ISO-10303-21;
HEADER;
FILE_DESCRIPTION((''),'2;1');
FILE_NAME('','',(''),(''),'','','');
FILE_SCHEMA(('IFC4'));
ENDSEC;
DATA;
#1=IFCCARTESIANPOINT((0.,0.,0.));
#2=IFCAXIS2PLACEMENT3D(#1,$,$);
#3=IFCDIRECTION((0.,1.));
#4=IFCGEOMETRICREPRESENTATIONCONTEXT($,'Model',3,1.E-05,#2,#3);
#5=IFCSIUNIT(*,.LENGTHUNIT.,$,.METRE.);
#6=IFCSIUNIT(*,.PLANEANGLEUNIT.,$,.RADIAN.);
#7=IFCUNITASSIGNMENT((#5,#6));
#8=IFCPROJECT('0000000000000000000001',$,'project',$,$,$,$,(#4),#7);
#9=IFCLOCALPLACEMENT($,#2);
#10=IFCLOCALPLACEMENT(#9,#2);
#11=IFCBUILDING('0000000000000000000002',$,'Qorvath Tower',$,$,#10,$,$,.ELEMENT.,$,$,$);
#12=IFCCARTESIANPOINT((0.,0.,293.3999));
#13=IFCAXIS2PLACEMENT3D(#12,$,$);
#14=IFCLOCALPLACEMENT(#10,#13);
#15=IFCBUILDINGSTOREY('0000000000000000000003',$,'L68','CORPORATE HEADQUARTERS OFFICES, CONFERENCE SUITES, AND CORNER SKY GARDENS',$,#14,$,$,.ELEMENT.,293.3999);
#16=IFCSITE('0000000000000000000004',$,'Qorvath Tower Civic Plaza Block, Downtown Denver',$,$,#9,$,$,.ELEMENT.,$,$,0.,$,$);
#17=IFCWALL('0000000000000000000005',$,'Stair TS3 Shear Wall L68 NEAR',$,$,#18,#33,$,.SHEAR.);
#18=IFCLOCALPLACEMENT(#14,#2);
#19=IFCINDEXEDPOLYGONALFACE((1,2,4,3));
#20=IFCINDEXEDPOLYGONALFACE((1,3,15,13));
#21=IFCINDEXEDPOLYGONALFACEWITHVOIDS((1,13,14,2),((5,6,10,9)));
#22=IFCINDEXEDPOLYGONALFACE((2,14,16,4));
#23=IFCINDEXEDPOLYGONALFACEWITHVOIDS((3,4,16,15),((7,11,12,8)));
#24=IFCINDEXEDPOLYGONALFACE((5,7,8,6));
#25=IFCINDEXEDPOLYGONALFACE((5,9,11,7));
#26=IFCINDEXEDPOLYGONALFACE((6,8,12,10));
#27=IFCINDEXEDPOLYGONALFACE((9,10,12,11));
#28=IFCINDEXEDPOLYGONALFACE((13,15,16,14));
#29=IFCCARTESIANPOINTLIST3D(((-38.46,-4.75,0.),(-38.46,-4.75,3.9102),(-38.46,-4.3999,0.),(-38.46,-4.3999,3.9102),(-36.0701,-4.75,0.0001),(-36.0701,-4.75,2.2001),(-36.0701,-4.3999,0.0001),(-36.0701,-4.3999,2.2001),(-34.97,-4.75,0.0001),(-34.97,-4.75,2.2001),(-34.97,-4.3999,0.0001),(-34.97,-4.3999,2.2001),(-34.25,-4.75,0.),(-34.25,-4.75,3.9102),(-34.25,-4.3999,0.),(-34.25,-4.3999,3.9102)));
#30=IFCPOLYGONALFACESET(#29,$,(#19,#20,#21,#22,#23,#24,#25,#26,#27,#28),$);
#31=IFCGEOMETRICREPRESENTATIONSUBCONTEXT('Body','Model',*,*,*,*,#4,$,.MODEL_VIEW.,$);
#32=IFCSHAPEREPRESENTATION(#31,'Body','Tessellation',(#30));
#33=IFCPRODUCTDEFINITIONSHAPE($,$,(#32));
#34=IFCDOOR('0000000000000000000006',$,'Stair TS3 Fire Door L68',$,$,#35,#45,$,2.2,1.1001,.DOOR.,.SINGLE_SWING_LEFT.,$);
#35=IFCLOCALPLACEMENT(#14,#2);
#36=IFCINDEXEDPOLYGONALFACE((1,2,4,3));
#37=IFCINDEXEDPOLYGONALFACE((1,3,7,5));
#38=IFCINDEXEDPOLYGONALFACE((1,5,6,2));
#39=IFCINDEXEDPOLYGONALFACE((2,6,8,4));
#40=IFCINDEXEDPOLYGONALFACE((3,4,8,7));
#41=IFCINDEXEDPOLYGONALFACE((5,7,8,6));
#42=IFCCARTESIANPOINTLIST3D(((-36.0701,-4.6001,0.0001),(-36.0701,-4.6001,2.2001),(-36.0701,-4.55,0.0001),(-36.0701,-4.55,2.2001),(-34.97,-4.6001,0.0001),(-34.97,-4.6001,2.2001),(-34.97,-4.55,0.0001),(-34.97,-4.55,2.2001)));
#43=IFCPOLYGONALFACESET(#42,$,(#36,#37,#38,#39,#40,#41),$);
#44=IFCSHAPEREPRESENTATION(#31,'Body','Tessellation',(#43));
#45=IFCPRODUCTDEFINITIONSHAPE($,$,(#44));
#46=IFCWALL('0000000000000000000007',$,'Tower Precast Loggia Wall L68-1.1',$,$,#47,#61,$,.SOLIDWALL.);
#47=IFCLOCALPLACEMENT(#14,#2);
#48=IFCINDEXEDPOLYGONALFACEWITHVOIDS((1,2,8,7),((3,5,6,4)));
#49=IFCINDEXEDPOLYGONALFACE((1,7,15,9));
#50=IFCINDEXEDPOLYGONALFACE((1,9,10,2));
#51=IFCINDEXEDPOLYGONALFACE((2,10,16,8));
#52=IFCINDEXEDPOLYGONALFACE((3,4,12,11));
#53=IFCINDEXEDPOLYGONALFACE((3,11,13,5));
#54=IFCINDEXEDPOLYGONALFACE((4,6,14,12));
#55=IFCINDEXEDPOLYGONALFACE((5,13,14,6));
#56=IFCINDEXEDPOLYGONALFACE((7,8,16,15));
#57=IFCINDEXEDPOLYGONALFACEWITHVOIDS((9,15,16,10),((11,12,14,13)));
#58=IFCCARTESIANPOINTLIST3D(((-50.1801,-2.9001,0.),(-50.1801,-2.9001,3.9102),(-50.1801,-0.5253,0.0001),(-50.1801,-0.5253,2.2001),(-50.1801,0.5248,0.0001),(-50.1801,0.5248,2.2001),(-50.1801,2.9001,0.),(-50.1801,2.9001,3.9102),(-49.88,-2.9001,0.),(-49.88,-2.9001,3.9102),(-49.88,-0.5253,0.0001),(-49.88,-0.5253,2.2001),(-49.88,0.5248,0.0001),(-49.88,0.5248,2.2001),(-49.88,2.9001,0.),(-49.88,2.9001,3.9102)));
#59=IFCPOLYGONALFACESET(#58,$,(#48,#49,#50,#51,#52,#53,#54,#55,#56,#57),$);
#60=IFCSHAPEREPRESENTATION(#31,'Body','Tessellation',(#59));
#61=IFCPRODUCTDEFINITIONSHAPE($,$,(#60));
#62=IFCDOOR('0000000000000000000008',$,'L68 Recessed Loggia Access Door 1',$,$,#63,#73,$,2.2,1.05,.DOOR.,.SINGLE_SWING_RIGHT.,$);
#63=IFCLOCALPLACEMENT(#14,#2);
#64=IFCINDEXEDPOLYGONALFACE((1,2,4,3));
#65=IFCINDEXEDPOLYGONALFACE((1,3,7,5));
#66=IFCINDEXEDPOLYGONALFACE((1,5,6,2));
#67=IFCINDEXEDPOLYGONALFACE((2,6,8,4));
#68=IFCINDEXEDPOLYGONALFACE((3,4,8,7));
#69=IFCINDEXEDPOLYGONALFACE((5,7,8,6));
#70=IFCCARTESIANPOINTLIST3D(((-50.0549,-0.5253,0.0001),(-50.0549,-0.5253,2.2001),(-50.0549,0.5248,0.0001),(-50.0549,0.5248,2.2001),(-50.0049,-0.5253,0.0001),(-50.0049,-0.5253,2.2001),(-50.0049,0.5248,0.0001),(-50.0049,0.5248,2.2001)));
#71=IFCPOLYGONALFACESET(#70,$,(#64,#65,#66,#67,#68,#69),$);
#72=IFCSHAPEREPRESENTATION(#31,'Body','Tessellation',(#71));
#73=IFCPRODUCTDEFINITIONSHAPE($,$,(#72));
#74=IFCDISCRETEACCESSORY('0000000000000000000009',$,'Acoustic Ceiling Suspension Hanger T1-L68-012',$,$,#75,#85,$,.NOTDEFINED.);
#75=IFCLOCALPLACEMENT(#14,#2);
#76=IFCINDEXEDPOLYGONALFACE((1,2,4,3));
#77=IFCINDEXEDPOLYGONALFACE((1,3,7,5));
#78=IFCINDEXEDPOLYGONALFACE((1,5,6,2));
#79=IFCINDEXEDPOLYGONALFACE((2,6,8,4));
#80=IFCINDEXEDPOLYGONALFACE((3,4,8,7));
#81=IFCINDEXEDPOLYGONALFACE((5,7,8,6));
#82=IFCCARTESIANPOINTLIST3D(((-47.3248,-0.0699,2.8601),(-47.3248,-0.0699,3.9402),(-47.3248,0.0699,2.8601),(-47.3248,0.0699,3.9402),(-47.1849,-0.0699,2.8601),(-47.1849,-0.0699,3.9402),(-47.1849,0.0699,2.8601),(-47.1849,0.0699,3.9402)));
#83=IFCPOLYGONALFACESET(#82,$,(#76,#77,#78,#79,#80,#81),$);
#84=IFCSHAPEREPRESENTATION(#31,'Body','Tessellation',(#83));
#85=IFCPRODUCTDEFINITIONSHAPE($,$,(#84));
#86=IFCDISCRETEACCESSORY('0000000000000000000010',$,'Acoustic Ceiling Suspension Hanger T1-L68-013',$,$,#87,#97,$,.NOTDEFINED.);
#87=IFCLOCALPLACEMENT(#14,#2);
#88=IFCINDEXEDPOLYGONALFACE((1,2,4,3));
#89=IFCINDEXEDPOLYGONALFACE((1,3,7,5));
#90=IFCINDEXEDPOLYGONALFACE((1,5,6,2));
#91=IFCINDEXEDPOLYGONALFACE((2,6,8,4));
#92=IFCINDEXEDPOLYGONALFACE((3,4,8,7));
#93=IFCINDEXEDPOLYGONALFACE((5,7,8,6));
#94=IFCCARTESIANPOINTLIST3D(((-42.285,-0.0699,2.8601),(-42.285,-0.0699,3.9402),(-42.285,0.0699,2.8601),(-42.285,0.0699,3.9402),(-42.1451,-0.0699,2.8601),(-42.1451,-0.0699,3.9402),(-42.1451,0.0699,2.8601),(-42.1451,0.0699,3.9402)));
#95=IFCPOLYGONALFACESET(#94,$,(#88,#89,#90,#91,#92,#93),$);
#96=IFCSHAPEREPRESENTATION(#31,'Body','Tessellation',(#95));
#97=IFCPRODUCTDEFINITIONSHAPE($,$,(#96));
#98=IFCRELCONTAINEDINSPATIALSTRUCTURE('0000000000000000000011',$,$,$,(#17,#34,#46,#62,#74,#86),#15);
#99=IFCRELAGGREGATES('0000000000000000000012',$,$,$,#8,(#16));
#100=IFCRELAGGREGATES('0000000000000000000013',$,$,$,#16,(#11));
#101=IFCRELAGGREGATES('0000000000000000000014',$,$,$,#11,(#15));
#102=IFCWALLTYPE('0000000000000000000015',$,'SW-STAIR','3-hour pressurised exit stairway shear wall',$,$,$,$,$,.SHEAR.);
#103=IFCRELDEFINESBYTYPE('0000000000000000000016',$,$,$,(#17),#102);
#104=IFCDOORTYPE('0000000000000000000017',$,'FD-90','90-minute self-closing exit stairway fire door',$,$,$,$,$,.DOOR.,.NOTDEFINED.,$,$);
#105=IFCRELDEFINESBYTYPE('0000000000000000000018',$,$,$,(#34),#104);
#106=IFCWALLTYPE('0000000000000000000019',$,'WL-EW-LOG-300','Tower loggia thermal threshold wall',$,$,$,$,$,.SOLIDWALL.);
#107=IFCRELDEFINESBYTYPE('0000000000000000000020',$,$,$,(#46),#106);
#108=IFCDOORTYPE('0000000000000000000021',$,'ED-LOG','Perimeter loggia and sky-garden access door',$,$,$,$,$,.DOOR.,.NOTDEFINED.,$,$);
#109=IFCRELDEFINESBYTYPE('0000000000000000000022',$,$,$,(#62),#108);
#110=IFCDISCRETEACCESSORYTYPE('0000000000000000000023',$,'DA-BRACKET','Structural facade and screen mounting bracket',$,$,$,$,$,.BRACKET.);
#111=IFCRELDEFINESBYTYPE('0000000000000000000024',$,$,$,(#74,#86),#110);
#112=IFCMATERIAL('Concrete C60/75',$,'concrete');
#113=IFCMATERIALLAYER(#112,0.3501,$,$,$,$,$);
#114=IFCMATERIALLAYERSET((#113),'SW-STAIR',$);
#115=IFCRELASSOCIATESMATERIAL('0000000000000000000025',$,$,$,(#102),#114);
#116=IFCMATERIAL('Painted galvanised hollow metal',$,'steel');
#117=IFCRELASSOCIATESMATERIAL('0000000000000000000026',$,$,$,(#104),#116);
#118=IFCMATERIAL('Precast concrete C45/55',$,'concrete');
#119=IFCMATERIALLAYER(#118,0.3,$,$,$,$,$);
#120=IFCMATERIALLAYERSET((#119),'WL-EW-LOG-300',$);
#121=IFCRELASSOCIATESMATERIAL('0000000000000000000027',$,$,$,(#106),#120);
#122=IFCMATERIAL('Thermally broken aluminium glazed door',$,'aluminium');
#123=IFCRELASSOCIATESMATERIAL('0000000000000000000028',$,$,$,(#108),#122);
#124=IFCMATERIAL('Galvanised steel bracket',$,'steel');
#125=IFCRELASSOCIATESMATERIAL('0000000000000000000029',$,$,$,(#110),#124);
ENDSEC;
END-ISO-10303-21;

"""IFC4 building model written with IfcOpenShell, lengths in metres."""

from ifc_helpers import new_model, si_unit, direction, frame, frame_2d, origin, origin_2d, place, context, subcontext, project, spatial, rectangle, extrude, material, layer, layer_set, type_object, element, fill, save


model = new_model("IFC4")

# Units and contexts
model_context = context("Model", 3, precision=1e-05, world=origin(), true_north=direction((0.0, 1.0)))
body_context = subcontext(model_context, "Body", "Model", "MODEL_VIEW")
ifc_project = project(units=[si_unit("LENGTHUNIT", "METRE"), si_unit("PLANEANGLEUNIT", "RADIAN")], contexts=[model_context])

# Site, building, storey
site_placement = place(None, origin())
site = spatial("IfcSite", under=ifc_project, at=site_placement, Name="Qorvath Tower Civic Plaza Block, Downtown Denver", CompositionType="ELEMENT", RefElevation=0.0)
building_placement = place(site_placement, origin())
building = spatial("IfcBuilding", under=site, at=building_placement, Name="Qorvath Tower", CompositionType="ELEMENT")
storey_placement = place(building_placement, frame((0.0, 0.0, 293.3999)))
storey = spatial("IfcBuildingStorey", under=building, at=storey_placement, Name="L68", Description="CORPORATE HEADQUARTERS OFFICES, CONFERENCE SUITES, AND CORNER SKY GARDENS", CompositionType="ELEMENT", Elevation=293.3999)

# Walls, openings, doors
ifc_material_1 = material(Name="Concrete C60/75", Category="concrete")
ifc_layer_1 = layer(ifc_material_1, 0.3501)
ifc_layer_set_1 = layer_set([ifc_layer_1], Name="SW-STAIR")
wall_type_1 = type_object("IfcWallType", Name="SW-STAIR", Description="3-hour pressurised exit stairway shear wall", PredefinedType="SHEAR", material=ifc_layer_set_1)
wall_1_placement = place(storey_placement, frame((-38.46, -4.575, 0.0), z_axis=(0.0, 0.0, 1.0), x_axis=(1.0, 0.0, 0.0)))
wall_1 = element("IfcWall", 1, at=wall_1_placement, inside=storey, type_object=wall_type_1, Name="Stair TS3 Shear Wall L68 NEAR", PredefinedType="SHEAR", context=body_context, shape_type="SweptSolid", body=[
    extrude(rectangle(XDim=4.21, YDim=0.3501, at=frame_2d((2.105, 0.0))), origin(), (0.0, 0.0, 1.0), 3.9102),
])
opening_1_placement = place(wall_1_placement, frame((2.3899, 0.0, 0.0)))
opening_1 = element("IfcOpeningElement", 2, at=opening_1_placement, cuts=wall_1, PredefinedType="OPENING", context=body_context, shape_type="SweptSolid", body=[
    extrude(rectangle(XDim=1.1001, YDim=2.2, at=frame_2d((0.55, 1.1001))), frame((0.0, 0.1851, 0.0), z_axis=(0.0, -1.0, 0.0), x_axis=(1.0, 0.0, 0.0)), (0.0, 0.0, 1.0), 0.3701),
])
ifc_material_2 = material(Name="Painted galvanised hollow metal", Category="steel")
door_type_1 = type_object("IfcDoorType", Name="FD-90", Description="90-minute self-closing exit stairway fire door", OperationType="NOTDEFINED", PredefinedType="DOOR", material=ifc_material_2)
door_1_placement = place(opening_1_placement, origin())
door_1 = element("IfcDoor", 3, at=door_1_placement, inside=storey, type_object=door_type_1, Name="Stair TS3 Fire Door L68", OperationType="SINGLE_SWING_LEFT", OverallHeight=2.2, OverallWidth=1.1001, PredefinedType="DOOR", context=body_context, shape_type="SweptSolid", body=[
    extrude(rectangle(XDim=1.1001, YDim=2.2, at=frame_2d((0.55, 1.1001))), frame((0.0, 0.0249, 0.0), z_axis=(0.0, -1.0, 0.0), x_axis=(1.0, 0.0, 0.0)), (0.0, 0.0, 1.0), 0.05),
])
fill(opening_1, door_1)
ifc_material_3 = material(Name="Precast concrete C45/55", Category="concrete")
ifc_layer_2 = layer(ifc_material_3, 0.3)
ifc_layer_set_2 = layer_set([ifc_layer_2], Name="WL-EW-LOG-300")
wall_type_2 = type_object("IfcWallType", Name="WL-EW-LOG-300", Description="Tower loggia thermal threshold wall", PredefinedType="SOLIDWALL", material=ifc_layer_set_2)
wall_2_placement = place(storey_placement, frame((-50.03, -2.9001, 0.0), z_axis=(0.0, 0.0, 1.0), x_axis=(0.0, 1.0, 0.0)))
wall_2 = element("IfcWall", 4, at=wall_2_placement, inside=storey, type_object=wall_type_2, Name="Tower Precast Loggia Wall L68-1.1", PredefinedType="SOLIDWALL", context=body_context, shape_type="SweptSolid", body=[
    extrude(rectangle(XDim=5.8003, YDim=0.3, at=frame_2d((2.9001, 0.0))), origin(), (0.0, 0.0, 1.0), 3.9102),
])
opening_2_placement = place(wall_2_placement, frame((2.375, 0.0, 0.0)))
opening_2 = element("IfcOpeningElement", 5, at=opening_2_placement, cuts=wall_2, PredefinedType="OPENING", context=body_context, shape_type="SweptSolid", body=[
    extrude(rectangle(XDim=1.05, YDim=2.2, at=frame_2d((0.5249, 1.1001))), frame((0.0, 0.1602, 0.0), z_axis=(0.0, -1.0, 0.0), x_axis=(1.0, 0.0, 0.0)), (0.0, 0.0, 1.0), 0.3201),
])
ifc_material_4 = material(Name="Thermally broken aluminium glazed door", Category="aluminium")
door_type_2 = type_object("IfcDoorType", Name="ED-LOG", Description="Perimeter loggia and sky-garden access door", OperationType="NOTDEFINED", PredefinedType="DOOR", material=ifc_material_4)
door_2_placement = place(opening_2_placement, origin())
door_2 = element("IfcDoor", 6, at=door_2_placement, inside=storey, type_object=door_type_2, Name="L68 Recessed Loggia Access Door 1", OperationType="SINGLE_SWING_RIGHT", OverallHeight=2.2, OverallWidth=1.05, PredefinedType="DOOR", context=body_context, shape_type="SweptSolid", body=[
    extrude(rectangle(XDim=1.05, YDim=2.2, at=frame_2d((0.5249, 1.1001))), frame((0.0, 0.0249, 0.0), z_axis=(0.0, -1.0, 0.0), x_axis=(1.0, 0.0, 0.0)), (0.0, 0.0, 1.0), 0.05),
])
fill(opening_2, door_2)

# Discrete accessories
ifc_material_5 = material(Name="Galvanised steel bracket", Category="steel")
discrete_accessory_type = type_object("IfcDiscreteAccessoryType", Name="DA-BRACKET", Description="Structural facade and screen mounting bracket", PredefinedType="BRACKET", material=ifc_material_5)
for number, where, z_axis, x_axis, name in (
    (7, (-47.2549, 0.0, 2.8601), (0.0, 0.0, 1.0), (1.0, 0.0, 0.0), "Acoustic Ceiling Suspension Hanger T1-L68-012"),
    (8, (-42.2151, 0.0, 2.8601), (0.0, 0.0, 1.0), (1.0, 0.0, 0.0), "Acoustic Ceiling Suspension Hanger T1-L68-013"),
):
    element("IfcDiscreteAccessory", number, at=place(storey_placement, frame(where, z_axis=z_axis, x_axis=x_axis)), inside=storey, type_object=discrete_accessory_type, Name=name, PredefinedType="NOTDEFINED", context=body_context, shape_type="SweptSolid", body=[
        extrude(rectangle(XDim=0.1399, YDim=0.1399, at=origin_2d()), origin(), (0.0, 0.0, 1.0), 1.0801),
    ])

save(model, "model.ifc")
